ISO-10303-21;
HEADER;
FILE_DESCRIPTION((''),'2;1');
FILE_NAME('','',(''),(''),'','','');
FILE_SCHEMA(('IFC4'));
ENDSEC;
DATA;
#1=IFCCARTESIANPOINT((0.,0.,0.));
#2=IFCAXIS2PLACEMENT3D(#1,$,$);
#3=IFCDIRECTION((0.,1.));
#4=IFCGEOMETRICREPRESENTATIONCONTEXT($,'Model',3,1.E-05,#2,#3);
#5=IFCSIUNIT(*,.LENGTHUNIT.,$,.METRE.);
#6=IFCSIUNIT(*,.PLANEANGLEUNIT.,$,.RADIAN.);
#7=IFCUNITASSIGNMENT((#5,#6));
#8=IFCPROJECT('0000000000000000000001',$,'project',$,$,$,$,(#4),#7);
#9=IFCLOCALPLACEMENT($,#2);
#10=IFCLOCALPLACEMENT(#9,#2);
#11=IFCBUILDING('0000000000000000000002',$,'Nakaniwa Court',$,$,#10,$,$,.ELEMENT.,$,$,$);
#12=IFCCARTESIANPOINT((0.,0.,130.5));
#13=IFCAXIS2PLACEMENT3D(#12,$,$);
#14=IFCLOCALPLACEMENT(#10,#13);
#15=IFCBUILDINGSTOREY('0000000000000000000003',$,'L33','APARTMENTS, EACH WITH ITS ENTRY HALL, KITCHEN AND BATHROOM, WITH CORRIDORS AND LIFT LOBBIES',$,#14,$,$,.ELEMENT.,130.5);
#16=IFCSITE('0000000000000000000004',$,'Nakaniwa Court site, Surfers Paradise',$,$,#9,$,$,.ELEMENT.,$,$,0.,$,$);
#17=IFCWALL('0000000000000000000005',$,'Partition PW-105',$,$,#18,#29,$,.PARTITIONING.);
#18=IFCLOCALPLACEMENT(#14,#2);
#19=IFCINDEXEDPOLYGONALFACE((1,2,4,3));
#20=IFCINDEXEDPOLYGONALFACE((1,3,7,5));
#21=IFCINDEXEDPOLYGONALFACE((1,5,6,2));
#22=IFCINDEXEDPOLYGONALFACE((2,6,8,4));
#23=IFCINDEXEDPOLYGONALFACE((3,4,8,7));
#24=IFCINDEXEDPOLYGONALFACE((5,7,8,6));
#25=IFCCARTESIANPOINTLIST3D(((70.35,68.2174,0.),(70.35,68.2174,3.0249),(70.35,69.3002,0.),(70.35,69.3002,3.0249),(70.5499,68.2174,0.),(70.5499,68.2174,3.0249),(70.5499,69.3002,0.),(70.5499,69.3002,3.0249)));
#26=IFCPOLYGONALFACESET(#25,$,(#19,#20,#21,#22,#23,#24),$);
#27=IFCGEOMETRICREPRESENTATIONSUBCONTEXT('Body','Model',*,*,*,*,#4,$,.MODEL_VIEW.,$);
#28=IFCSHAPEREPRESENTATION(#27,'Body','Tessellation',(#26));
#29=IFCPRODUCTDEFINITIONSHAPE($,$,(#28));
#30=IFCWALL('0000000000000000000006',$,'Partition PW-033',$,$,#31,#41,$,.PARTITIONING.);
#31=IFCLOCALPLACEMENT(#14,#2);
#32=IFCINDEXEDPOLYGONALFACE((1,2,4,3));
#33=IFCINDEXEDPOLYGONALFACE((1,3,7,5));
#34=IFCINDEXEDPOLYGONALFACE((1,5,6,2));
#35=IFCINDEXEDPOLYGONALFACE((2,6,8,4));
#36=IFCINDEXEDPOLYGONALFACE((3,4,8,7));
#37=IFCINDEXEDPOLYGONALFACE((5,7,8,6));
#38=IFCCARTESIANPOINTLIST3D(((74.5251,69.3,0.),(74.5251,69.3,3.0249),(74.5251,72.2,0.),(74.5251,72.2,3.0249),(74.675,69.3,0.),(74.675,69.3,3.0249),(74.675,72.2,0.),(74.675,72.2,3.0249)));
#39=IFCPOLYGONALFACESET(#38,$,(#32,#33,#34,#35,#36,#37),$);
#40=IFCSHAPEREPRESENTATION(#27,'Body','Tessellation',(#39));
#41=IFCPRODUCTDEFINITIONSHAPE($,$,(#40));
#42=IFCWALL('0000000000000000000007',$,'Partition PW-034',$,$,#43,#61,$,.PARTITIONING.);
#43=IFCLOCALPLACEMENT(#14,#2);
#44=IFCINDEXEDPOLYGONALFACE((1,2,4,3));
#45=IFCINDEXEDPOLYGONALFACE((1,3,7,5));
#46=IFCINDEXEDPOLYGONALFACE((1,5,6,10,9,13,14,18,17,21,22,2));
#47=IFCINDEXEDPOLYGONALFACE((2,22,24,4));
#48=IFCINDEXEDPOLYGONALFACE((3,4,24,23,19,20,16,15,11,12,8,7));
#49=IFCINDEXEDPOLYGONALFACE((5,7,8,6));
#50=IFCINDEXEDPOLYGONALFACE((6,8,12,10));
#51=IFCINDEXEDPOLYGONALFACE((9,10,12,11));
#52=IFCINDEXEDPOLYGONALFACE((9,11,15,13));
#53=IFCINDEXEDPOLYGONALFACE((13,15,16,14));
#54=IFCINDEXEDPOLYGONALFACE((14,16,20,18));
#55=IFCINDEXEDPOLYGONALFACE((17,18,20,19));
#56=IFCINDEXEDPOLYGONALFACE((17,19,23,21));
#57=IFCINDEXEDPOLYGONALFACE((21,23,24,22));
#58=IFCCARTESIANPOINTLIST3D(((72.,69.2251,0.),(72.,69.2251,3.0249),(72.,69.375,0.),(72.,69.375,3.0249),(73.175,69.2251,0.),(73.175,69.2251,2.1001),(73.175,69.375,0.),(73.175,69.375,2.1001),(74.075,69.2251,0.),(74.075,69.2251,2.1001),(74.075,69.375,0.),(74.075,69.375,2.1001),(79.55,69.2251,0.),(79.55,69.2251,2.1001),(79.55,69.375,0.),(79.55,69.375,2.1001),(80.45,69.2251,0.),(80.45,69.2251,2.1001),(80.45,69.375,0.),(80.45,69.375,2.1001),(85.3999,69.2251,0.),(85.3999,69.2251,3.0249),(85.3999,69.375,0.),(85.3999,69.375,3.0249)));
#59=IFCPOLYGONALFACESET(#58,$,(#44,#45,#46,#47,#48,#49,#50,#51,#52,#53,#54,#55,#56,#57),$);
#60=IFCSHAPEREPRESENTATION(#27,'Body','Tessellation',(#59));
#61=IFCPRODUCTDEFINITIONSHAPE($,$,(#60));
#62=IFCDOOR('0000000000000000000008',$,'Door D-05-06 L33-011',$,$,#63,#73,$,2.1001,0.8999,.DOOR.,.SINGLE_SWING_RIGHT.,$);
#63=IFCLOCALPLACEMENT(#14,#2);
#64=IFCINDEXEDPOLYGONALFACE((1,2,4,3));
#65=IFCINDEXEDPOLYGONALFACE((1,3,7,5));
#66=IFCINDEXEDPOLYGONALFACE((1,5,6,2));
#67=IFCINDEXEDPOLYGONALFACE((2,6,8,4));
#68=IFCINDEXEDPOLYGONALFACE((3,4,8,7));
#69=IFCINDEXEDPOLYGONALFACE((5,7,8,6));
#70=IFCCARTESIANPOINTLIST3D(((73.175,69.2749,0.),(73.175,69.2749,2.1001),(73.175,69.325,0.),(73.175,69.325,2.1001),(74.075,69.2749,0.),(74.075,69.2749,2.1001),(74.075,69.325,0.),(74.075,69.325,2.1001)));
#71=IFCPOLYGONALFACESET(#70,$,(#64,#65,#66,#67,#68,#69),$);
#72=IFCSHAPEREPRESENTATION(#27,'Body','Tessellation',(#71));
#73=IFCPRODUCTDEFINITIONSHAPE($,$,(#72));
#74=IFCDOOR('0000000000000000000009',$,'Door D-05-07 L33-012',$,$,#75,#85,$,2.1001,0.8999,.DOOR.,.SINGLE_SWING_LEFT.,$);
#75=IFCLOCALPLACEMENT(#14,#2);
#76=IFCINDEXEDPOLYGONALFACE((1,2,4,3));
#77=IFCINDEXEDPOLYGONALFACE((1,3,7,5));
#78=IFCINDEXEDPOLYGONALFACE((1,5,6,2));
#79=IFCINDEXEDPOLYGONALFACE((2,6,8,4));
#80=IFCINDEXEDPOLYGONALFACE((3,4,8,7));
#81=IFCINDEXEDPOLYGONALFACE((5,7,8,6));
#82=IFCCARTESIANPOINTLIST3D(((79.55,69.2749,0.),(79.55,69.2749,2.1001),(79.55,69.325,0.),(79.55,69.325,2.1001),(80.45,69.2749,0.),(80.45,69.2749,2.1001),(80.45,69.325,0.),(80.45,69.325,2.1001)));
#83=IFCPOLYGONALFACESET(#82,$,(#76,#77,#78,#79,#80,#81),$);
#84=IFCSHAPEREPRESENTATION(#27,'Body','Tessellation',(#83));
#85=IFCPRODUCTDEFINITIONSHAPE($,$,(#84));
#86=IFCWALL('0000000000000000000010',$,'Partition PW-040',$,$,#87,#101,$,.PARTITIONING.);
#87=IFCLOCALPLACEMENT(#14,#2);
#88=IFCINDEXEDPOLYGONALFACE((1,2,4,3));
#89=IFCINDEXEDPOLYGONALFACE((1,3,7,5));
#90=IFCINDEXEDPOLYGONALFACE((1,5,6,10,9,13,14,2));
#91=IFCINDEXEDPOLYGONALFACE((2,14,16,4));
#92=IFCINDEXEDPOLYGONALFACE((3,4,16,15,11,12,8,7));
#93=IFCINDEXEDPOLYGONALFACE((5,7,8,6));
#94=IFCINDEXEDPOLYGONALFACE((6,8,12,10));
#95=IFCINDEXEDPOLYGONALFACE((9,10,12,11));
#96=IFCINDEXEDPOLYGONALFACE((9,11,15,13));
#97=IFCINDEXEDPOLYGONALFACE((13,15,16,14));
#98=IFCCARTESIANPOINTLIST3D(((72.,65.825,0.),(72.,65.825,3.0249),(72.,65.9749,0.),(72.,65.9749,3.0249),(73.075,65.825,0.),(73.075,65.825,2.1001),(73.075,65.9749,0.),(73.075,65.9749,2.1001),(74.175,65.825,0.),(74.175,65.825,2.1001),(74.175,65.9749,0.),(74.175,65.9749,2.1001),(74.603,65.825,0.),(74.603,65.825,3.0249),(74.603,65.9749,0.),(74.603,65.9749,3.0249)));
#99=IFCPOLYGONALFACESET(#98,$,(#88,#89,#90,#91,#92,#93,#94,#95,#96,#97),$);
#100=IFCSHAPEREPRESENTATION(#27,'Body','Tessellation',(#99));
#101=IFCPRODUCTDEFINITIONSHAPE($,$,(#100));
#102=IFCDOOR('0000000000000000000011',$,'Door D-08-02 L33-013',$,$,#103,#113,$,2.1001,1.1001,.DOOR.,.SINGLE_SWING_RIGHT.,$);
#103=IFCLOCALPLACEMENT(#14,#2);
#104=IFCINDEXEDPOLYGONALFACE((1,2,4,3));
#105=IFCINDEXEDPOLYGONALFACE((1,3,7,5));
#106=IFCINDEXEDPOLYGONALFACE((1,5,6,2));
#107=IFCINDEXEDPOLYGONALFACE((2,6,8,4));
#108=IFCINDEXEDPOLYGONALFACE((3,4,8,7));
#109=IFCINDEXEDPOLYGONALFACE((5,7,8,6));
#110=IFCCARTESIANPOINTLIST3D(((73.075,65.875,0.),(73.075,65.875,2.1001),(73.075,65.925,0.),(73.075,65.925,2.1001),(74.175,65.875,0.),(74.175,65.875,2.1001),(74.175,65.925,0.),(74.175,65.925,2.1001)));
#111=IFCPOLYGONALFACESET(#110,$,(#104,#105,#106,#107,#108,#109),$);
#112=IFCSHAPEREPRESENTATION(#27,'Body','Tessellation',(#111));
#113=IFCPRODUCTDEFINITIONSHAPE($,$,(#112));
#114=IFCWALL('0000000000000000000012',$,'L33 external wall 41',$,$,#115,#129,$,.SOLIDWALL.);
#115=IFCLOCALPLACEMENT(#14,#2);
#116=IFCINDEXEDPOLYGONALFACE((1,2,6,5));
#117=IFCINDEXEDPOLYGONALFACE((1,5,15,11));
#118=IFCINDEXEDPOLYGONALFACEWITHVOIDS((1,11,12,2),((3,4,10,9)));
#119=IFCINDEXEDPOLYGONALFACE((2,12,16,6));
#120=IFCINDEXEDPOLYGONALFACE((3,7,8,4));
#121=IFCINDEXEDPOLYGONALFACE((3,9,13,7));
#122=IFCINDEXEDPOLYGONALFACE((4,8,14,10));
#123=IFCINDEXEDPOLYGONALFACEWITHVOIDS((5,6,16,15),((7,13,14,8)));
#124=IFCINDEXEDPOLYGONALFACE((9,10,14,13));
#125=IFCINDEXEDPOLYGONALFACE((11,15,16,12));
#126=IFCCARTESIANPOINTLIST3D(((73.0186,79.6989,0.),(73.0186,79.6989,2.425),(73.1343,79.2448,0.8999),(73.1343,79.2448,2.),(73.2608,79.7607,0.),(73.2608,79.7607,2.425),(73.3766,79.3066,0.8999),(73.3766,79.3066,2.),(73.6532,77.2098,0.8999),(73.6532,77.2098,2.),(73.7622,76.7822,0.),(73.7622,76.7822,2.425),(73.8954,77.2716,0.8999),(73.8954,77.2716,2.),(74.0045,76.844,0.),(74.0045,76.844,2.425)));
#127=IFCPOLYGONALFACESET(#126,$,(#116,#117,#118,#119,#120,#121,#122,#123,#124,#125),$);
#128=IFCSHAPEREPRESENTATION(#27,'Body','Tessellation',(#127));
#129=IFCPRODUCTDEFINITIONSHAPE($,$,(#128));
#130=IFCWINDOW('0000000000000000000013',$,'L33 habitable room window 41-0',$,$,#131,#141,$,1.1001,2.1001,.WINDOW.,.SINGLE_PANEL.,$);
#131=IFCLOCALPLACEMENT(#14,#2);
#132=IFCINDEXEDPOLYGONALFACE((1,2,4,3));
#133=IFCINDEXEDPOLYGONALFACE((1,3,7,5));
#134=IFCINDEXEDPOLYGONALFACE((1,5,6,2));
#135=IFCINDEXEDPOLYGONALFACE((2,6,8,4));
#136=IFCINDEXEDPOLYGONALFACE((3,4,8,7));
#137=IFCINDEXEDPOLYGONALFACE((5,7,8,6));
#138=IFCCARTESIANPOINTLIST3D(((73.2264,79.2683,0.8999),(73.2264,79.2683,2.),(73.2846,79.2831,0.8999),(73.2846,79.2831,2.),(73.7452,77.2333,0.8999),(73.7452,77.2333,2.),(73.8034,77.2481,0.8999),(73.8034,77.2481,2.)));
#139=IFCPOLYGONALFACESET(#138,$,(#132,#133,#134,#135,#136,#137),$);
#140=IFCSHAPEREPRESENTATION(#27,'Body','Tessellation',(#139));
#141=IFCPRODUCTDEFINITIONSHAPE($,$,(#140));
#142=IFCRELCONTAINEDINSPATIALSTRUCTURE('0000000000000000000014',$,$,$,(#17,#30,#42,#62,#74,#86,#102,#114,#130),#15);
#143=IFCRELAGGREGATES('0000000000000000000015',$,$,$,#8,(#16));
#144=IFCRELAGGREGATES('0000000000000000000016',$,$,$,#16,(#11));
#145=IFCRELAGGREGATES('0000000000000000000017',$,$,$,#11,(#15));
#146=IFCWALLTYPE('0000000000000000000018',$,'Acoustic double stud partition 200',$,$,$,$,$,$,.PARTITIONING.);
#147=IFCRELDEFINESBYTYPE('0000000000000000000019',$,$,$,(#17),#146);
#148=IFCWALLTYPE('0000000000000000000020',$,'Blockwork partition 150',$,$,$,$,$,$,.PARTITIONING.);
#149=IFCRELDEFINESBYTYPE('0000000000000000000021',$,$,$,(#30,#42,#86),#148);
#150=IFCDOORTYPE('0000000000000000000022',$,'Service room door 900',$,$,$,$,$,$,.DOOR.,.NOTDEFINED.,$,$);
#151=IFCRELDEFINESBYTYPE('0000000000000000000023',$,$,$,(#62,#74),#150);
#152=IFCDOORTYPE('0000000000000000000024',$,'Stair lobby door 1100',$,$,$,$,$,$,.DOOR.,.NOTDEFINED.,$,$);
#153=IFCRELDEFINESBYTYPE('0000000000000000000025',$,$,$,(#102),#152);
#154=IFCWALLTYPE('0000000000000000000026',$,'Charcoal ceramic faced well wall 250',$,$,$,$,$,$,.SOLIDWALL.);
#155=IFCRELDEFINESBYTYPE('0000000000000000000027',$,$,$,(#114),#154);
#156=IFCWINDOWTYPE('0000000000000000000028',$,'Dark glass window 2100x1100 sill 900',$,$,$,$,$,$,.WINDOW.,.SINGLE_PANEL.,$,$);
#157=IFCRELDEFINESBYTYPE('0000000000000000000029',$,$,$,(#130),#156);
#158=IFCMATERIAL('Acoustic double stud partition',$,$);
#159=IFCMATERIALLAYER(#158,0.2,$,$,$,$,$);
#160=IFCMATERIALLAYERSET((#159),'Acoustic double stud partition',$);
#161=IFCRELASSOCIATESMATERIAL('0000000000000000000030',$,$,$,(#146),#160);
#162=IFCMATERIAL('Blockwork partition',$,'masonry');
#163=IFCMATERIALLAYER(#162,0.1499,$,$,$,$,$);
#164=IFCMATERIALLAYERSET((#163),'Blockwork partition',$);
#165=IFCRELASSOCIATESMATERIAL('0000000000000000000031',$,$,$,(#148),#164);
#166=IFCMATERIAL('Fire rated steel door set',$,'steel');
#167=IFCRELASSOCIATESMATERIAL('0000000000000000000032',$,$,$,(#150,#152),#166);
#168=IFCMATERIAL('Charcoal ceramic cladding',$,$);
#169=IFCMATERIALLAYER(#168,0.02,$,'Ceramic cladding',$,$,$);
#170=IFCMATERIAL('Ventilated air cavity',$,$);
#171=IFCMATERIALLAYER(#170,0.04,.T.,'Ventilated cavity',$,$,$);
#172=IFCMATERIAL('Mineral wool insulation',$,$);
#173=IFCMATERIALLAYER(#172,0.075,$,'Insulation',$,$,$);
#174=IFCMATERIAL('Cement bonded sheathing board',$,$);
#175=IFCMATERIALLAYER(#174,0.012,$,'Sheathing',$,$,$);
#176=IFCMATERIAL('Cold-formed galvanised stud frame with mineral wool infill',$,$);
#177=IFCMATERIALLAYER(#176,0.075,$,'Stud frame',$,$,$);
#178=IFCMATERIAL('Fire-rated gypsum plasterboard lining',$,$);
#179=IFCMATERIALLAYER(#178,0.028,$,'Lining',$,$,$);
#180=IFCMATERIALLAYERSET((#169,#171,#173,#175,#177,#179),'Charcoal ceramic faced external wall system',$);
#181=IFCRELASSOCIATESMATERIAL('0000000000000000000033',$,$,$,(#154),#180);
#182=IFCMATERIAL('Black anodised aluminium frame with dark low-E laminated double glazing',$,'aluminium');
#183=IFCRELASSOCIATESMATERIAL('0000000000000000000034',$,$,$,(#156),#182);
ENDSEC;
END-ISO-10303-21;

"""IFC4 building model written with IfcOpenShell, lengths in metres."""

from ifc_helpers import new_model, si_unit, direction, frame, frame_2d, origin, place, context, subcontext, project, spatial, rectangle, extrude, material, layer, layer_set, type_object, element, fill, save


model = new_model("IFC4")

# Units and contexts
model_context = context("Model", 3, precision=1e-05, world=origin(), true_north=direction((0.0, 1.0)))
body_context = subcontext(model_context, "Body", "Model", "MODEL_VIEW")
ifc_project = project(units=[si_unit("LENGTHUNIT", "METRE"), si_unit("PLANEANGLEUNIT", "RADIAN")], contexts=[model_context])

# Site, building, storey
site_placement = place(None, origin())
site = spatial("IfcSite", under=ifc_project, at=site_placement, Name="Nakaniwa Court site, Surfers Paradise", CompositionType="ELEMENT", RefElevation=0.0)
building_placement = place(site_placement, origin())
building = spatial("IfcBuilding", under=site, at=building_placement, Name="Nakaniwa Court", CompositionType="ELEMENT")
storey_placement = place(building_placement, frame((0.0, 0.0, 130.5)))
storey = spatial("IfcBuildingStorey", under=building, at=storey_placement, Name="L33", Description="APARTMENTS, EACH WITH ITS ENTRY HALL, KITCHEN AND BATHROOM, WITH CORRIDORS AND LIFT LOBBIES", CompositionType="ELEMENT", Elevation=130.5)

# Walls
ifc_material_1 = material(Name="Acoustic double stud partition")
ifc_layer_1 = layer(ifc_material_1, 0.2)
ifc_layer_set_1 = layer_set([ifc_layer_1], Name="Acoustic double stud partition")
wall_type_1 = type_object("IfcWallType", Name="Acoustic double stud partition 200", PredefinedType="PARTITIONING", material=ifc_layer_set_1)
wall_1_placement = place(storey_placement, frame((70.45, 68.2173, 0.0), z_axis=(0.0, 0.0, 1.0), x_axis=(0.0, 1.0, 0.0)))
element("IfcWall", 1, at=wall_1_placement, inside=storey, type_object=wall_type_1, Name="Partition PW-105", PredefinedType="PARTITIONING", context=body_context, shape_type="SweptSolid", body=[
    extrude(rectangle(XDim=1.0828, YDim=0.2, at=frame_2d((0.5415, 0.0))), origin(), (0.0, 0.0, 1.0), 3.0249),
])
ifc_material_2 = material(Name="Blockwork partition", Category="masonry")
ifc_layer_2 = layer(ifc_material_2, 0.1499)
ifc_layer_set_2 = layer_set([ifc_layer_2], Name="Blockwork partition")
wall_type_2 = type_object("IfcWallType", Name="Blockwork partition 150", PredefinedType="PARTITIONING", material=ifc_layer_set_2)
wall_2_placement = place(storey_placement, frame((74.6001, 69.3, 0.0), z_axis=(0.0, 0.0, 1.0), x_axis=(0.0, 1.0, 0.0)))
element("IfcWall", 2, at=wall_2_placement, inside=storey, type_object=wall_type_2, Name="Partition PW-033", PredefinedType="PARTITIONING", context=body_context, shape_type="SweptSolid", body=[
    extrude(rectangle(XDim=2.8999, YDim=0.1499, at=frame_2d((1.45, 0.0))), origin(), (0.0, 0.0, 1.0), 3.0249),
])

# Wall, openings, doors
wall_3_placement = place(storey_placement, frame((72.0, 69.3, 0.0), z_axis=(0.0, 0.0, 1.0), x_axis=(1.0, 0.0, 0.0)))
wall_3 = element("IfcWall", 3, at=wall_3_placement, inside=storey, type_object=wall_type_2, Name="Partition PW-034", PredefinedType="PARTITIONING", context=body_context, shape_type="SweptSolid", body=[
    extrude(rectangle(XDim=13.3999, YDim=0.1499, at=frame_2d((6.7, 0.0))), origin(), (0.0, 0.0, 1.0), 3.0249),
])
opening_1_placement = place(wall_3_placement, frame((1.175, 0.0, 0.0)))
opening_1 = element("IfcOpeningElement", 4, at=opening_1_placement, cuts=wall_3, PredefinedType="OPENING", context=body_context, shape_type="SweptSolid", body=[
    extrude(rectangle(XDim=0.8999, YDim=2.1001, at=frame_2d((0.45, 1.05))), frame((0.0, 0.085, 0.0), z_axis=(0.0, -1.0, 0.0), x_axis=(1.0, 0.0, 0.0)), (0.0, 0.0, 1.0), 0.1699),
])
opening_2_placement = place(wall_3_placement, frame((7.55, 0.0, 0.0)))
opening_2 = element("IfcOpeningElement", 5, at=opening_2_placement, cuts=wall_3, PredefinedType="OPENING", context=body_context, shape_type="SweptSolid", body=[
    extrude(rectangle(XDim=0.8999, YDim=2.1001, at=frame_2d((0.45, 1.05))), frame((0.0, 0.085, 0.0), z_axis=(0.0, -1.0, 0.0), x_axis=(1.0, 0.0, 0.0)), (0.0, 0.0, 1.0), 0.1699),
])
ifc_material_3 = material(Name="Fire rated steel door set", Category="steel")
door_type_1 = type_object("IfcDoorType", Name="Service room door 900", OperationType="NOTDEFINED", PredefinedType="DOOR", material=ifc_material_3)
door_1_placement = place(opening_1_placement, origin())
door_1 = element("IfcDoor", 6, at=door_1_placement, inside=storey, type_object=door_type_1, Name="Door D-05-06 L33-011", OperationType="SINGLE_SWING_RIGHT", OverallHeight=2.1001, OverallWidth=0.8999, PredefinedType="DOOR", context=body_context, shape_type="SweptSolid", body=[
    extrude(rectangle(XDim=0.8999, YDim=2.1001, at=frame_2d((0.45, 1.05))), frame((0.0, 0.0249, 0.0), z_axis=(0.0, -1.0, 0.0), x_axis=(1.0, 0.0, 0.0)), (0.0, 0.0, 1.0), 0.05),
])
fill(opening_1, door_1)
door_2_placement = place(opening_2_placement, origin())
door_2 = element("IfcDoor", 7, at=door_2_placement, inside=storey, type_object=door_type_1, Name="Door D-05-07 L33-012", OperationType="SINGLE_SWING_LEFT", OverallHeight=2.1001, OverallWidth=0.8999, PredefinedType="DOOR", context=body_context, shape_type="SweptSolid", body=[
    extrude(rectangle(XDim=0.8999, YDim=2.1001, at=frame_2d((0.45, 1.05))), frame((0.0, 0.0249, 0.0), z_axis=(0.0, -1.0, 0.0), x_axis=(1.0, 0.0, 0.0)), (0.0, 0.0, 1.0), 0.05),
])
fill(opening_2, door_2)

# Wall, opening, door
wall_4_placement = place(storey_placement, frame((74.603, 65.8999, 0.0), z_axis=(0.0, 0.0, 1.0), x_axis=(-1.0, 0.0, 0.0)))
wall_4 = element("IfcWall", 8, at=wall_4_placement, inside=storey, type_object=wall_type_2, Name="Partition PW-040", PredefinedType="PARTITIONING", context=body_context, shape_type="SweptSolid", body=[
    extrude(rectangle(XDim=2.603, YDim=0.1499, at=frame_2d((1.3015, 0.0))), origin(), (0.0, 0.0, 1.0), 3.0249),
])
opening_3_placement = place(wall_4_placement, frame((0.428, 0.0, 0.0)))
opening_3 = element("IfcOpeningElement", 9, at=opening_3_placement, cuts=wall_4, PredefinedType="OPENING", context=body_context, shape_type="SweptSolid", body=[
    extrude(rectangle(XDim=1.1001, YDim=2.1001, at=frame_2d((0.55, 1.05))), frame((0.0, 0.085, 0.0), z_axis=(0.0, -1.0, 0.0), x_axis=(1.0, 0.0, 0.0)), (0.0, 0.0, 1.0), 0.1699),
])
door_type_2 = type_object("IfcDoorType", Name="Stair lobby door 1100", OperationType="NOTDEFINED", PredefinedType="DOOR", material=ifc_material_3)
door_3_placement = place(opening_3_placement, origin())
door_3 = element("IfcDoor", 10, at=door_3_placement, inside=storey, type_object=door_type_2, Name="Door D-08-02 L33-013", OperationType="SINGLE_SWING_RIGHT", OverallHeight=2.1001, OverallWidth=1.1001, PredefinedType="DOOR", context=body_context, shape_type="SweptSolid", body=[
    extrude(rectangle(XDim=1.1001, YDim=2.1001, at=frame_2d((0.55, 1.05))), frame((0.0, 0.0249, 0.0), z_axis=(0.0, -1.0, 0.0), x_axis=(1.0, 0.0, 0.0)), (0.0, 0.0, 1.0), 0.05),
])
fill(opening_3, door_3)

# Wall, opening, window
ifc_material_4 = material(Name="Charcoal ceramic cladding")
ifc_layer_3 = layer(ifc_material_4, 0.02, Name="Ceramic cladding")
ifc_material_5 = material(Name="Ventilated air cavity")
ifc_layer_4 = layer(ifc_material_5, 0.04, ventilated=True, Name="Ventilated cavity")
ifc_material_6 = material(Name="Mineral wool insulation")
ifc_layer_5 = layer(ifc_material_6, 0.075, Name="Insulation")
ifc_material_7 = material(Name="Cement bonded sheathing board")
ifc_layer_6 = layer(ifc_material_7, 0.012, Name="Sheathing")
ifc_material_8 = material(Name="Cold-formed galvanised stud frame with mineral wool infill")
ifc_layer_7 = layer(ifc_material_8, 0.075, Name="Stud frame")
ifc_material_9 = material(Name="Fire-rated gypsum plasterboard lining")
ifc_layer_8 = layer(ifc_material_9, 0.028, Name="Lining")
ifc_layer_set_3 = layer_set([ifc_layer_3, ifc_layer_4, ifc_layer_5, ifc_layer_6, ifc_layer_7, ifc_layer_8], Name="Charcoal ceramic faced external wall system")
wall_type_3 = type_object("IfcWallType", Name="Charcoal ceramic faced well wall 250", PredefinedType="SOLIDWALL", material=ifc_layer_set_3)
wall_5_placement = place(storey_placement, frame((73.8833, 76.8132, 0.0), z_axis=(0.0, 0.0, 1.0), x_axis=(-0.247056, 0.969001, 0.0)))
wall_5 = element("IfcWall", 11, at=wall_5_placement, inside=storey, type_object=wall_type_3, Name="L33 external wall 41", PredefinedType="SOLIDWALL", context=body_context, shape_type="SweptSolid", body=[
    extrude(rectangle(XDim=3.01, YDim=0.25, at=frame_2d((1.5049, 0.0))), origin(), (0.0, 0.0, 1.0), 2.425),
])
opening_4_placement = place(wall_5_placement, frame((0.4412, 0.0, 0.8999)))
opening_4 = element("IfcOpeningElement", 12, at=opening_4_placement, cuts=wall_5, PredefinedType="OPENING", context=body_context, shape_type="SweptSolid", body=[
    extrude(rectangle(XDim=2.1001, YDim=1.1001, at=frame_2d((1.05, 0.55))), frame((0.0, 0.135, 0.0), z_axis=(0.0, -1.0, 0.0), x_axis=(1.0, 0.0, 0.0)), (0.0, 0.0, 1.0), 0.27),
])
ifc_material_10 = material(Name="Black anodised aluminium frame with dark low-E laminated double glazing", Category="aluminium")
window_type = type_object("IfcWindowType", Name="Dark glass window 2100x1100 sill 900", PartitioningType="SINGLE_PANEL", PredefinedType="WINDOW", material=ifc_material_10)
window_1_placement = place(opening_4_placement, origin())
window_1 = element("IfcWindow", 13, at=window_1_placement, inside=storey, type_object=window_type, Name="L33 habitable room window 41-0", OverallHeight=1.1001, OverallWidth=2.1001, PartitioningType="SINGLE_PANEL", PredefinedType="WINDOW", context=body_context, shape_type="SweptSolid", body=[
    extrude(rectangle(XDim=2.1001, YDim=1.1001, at=frame_2d((1.05, 0.55))), frame((0.0, 0.03, 0.0), z_axis=(0.0, -1.0, 0.0), x_axis=(1.0, 0.0, 0.0)), (0.0, 0.0, 1.0), 0.0601),
])
fill(opening_4, window_1)

save(model, "model.ifc")
